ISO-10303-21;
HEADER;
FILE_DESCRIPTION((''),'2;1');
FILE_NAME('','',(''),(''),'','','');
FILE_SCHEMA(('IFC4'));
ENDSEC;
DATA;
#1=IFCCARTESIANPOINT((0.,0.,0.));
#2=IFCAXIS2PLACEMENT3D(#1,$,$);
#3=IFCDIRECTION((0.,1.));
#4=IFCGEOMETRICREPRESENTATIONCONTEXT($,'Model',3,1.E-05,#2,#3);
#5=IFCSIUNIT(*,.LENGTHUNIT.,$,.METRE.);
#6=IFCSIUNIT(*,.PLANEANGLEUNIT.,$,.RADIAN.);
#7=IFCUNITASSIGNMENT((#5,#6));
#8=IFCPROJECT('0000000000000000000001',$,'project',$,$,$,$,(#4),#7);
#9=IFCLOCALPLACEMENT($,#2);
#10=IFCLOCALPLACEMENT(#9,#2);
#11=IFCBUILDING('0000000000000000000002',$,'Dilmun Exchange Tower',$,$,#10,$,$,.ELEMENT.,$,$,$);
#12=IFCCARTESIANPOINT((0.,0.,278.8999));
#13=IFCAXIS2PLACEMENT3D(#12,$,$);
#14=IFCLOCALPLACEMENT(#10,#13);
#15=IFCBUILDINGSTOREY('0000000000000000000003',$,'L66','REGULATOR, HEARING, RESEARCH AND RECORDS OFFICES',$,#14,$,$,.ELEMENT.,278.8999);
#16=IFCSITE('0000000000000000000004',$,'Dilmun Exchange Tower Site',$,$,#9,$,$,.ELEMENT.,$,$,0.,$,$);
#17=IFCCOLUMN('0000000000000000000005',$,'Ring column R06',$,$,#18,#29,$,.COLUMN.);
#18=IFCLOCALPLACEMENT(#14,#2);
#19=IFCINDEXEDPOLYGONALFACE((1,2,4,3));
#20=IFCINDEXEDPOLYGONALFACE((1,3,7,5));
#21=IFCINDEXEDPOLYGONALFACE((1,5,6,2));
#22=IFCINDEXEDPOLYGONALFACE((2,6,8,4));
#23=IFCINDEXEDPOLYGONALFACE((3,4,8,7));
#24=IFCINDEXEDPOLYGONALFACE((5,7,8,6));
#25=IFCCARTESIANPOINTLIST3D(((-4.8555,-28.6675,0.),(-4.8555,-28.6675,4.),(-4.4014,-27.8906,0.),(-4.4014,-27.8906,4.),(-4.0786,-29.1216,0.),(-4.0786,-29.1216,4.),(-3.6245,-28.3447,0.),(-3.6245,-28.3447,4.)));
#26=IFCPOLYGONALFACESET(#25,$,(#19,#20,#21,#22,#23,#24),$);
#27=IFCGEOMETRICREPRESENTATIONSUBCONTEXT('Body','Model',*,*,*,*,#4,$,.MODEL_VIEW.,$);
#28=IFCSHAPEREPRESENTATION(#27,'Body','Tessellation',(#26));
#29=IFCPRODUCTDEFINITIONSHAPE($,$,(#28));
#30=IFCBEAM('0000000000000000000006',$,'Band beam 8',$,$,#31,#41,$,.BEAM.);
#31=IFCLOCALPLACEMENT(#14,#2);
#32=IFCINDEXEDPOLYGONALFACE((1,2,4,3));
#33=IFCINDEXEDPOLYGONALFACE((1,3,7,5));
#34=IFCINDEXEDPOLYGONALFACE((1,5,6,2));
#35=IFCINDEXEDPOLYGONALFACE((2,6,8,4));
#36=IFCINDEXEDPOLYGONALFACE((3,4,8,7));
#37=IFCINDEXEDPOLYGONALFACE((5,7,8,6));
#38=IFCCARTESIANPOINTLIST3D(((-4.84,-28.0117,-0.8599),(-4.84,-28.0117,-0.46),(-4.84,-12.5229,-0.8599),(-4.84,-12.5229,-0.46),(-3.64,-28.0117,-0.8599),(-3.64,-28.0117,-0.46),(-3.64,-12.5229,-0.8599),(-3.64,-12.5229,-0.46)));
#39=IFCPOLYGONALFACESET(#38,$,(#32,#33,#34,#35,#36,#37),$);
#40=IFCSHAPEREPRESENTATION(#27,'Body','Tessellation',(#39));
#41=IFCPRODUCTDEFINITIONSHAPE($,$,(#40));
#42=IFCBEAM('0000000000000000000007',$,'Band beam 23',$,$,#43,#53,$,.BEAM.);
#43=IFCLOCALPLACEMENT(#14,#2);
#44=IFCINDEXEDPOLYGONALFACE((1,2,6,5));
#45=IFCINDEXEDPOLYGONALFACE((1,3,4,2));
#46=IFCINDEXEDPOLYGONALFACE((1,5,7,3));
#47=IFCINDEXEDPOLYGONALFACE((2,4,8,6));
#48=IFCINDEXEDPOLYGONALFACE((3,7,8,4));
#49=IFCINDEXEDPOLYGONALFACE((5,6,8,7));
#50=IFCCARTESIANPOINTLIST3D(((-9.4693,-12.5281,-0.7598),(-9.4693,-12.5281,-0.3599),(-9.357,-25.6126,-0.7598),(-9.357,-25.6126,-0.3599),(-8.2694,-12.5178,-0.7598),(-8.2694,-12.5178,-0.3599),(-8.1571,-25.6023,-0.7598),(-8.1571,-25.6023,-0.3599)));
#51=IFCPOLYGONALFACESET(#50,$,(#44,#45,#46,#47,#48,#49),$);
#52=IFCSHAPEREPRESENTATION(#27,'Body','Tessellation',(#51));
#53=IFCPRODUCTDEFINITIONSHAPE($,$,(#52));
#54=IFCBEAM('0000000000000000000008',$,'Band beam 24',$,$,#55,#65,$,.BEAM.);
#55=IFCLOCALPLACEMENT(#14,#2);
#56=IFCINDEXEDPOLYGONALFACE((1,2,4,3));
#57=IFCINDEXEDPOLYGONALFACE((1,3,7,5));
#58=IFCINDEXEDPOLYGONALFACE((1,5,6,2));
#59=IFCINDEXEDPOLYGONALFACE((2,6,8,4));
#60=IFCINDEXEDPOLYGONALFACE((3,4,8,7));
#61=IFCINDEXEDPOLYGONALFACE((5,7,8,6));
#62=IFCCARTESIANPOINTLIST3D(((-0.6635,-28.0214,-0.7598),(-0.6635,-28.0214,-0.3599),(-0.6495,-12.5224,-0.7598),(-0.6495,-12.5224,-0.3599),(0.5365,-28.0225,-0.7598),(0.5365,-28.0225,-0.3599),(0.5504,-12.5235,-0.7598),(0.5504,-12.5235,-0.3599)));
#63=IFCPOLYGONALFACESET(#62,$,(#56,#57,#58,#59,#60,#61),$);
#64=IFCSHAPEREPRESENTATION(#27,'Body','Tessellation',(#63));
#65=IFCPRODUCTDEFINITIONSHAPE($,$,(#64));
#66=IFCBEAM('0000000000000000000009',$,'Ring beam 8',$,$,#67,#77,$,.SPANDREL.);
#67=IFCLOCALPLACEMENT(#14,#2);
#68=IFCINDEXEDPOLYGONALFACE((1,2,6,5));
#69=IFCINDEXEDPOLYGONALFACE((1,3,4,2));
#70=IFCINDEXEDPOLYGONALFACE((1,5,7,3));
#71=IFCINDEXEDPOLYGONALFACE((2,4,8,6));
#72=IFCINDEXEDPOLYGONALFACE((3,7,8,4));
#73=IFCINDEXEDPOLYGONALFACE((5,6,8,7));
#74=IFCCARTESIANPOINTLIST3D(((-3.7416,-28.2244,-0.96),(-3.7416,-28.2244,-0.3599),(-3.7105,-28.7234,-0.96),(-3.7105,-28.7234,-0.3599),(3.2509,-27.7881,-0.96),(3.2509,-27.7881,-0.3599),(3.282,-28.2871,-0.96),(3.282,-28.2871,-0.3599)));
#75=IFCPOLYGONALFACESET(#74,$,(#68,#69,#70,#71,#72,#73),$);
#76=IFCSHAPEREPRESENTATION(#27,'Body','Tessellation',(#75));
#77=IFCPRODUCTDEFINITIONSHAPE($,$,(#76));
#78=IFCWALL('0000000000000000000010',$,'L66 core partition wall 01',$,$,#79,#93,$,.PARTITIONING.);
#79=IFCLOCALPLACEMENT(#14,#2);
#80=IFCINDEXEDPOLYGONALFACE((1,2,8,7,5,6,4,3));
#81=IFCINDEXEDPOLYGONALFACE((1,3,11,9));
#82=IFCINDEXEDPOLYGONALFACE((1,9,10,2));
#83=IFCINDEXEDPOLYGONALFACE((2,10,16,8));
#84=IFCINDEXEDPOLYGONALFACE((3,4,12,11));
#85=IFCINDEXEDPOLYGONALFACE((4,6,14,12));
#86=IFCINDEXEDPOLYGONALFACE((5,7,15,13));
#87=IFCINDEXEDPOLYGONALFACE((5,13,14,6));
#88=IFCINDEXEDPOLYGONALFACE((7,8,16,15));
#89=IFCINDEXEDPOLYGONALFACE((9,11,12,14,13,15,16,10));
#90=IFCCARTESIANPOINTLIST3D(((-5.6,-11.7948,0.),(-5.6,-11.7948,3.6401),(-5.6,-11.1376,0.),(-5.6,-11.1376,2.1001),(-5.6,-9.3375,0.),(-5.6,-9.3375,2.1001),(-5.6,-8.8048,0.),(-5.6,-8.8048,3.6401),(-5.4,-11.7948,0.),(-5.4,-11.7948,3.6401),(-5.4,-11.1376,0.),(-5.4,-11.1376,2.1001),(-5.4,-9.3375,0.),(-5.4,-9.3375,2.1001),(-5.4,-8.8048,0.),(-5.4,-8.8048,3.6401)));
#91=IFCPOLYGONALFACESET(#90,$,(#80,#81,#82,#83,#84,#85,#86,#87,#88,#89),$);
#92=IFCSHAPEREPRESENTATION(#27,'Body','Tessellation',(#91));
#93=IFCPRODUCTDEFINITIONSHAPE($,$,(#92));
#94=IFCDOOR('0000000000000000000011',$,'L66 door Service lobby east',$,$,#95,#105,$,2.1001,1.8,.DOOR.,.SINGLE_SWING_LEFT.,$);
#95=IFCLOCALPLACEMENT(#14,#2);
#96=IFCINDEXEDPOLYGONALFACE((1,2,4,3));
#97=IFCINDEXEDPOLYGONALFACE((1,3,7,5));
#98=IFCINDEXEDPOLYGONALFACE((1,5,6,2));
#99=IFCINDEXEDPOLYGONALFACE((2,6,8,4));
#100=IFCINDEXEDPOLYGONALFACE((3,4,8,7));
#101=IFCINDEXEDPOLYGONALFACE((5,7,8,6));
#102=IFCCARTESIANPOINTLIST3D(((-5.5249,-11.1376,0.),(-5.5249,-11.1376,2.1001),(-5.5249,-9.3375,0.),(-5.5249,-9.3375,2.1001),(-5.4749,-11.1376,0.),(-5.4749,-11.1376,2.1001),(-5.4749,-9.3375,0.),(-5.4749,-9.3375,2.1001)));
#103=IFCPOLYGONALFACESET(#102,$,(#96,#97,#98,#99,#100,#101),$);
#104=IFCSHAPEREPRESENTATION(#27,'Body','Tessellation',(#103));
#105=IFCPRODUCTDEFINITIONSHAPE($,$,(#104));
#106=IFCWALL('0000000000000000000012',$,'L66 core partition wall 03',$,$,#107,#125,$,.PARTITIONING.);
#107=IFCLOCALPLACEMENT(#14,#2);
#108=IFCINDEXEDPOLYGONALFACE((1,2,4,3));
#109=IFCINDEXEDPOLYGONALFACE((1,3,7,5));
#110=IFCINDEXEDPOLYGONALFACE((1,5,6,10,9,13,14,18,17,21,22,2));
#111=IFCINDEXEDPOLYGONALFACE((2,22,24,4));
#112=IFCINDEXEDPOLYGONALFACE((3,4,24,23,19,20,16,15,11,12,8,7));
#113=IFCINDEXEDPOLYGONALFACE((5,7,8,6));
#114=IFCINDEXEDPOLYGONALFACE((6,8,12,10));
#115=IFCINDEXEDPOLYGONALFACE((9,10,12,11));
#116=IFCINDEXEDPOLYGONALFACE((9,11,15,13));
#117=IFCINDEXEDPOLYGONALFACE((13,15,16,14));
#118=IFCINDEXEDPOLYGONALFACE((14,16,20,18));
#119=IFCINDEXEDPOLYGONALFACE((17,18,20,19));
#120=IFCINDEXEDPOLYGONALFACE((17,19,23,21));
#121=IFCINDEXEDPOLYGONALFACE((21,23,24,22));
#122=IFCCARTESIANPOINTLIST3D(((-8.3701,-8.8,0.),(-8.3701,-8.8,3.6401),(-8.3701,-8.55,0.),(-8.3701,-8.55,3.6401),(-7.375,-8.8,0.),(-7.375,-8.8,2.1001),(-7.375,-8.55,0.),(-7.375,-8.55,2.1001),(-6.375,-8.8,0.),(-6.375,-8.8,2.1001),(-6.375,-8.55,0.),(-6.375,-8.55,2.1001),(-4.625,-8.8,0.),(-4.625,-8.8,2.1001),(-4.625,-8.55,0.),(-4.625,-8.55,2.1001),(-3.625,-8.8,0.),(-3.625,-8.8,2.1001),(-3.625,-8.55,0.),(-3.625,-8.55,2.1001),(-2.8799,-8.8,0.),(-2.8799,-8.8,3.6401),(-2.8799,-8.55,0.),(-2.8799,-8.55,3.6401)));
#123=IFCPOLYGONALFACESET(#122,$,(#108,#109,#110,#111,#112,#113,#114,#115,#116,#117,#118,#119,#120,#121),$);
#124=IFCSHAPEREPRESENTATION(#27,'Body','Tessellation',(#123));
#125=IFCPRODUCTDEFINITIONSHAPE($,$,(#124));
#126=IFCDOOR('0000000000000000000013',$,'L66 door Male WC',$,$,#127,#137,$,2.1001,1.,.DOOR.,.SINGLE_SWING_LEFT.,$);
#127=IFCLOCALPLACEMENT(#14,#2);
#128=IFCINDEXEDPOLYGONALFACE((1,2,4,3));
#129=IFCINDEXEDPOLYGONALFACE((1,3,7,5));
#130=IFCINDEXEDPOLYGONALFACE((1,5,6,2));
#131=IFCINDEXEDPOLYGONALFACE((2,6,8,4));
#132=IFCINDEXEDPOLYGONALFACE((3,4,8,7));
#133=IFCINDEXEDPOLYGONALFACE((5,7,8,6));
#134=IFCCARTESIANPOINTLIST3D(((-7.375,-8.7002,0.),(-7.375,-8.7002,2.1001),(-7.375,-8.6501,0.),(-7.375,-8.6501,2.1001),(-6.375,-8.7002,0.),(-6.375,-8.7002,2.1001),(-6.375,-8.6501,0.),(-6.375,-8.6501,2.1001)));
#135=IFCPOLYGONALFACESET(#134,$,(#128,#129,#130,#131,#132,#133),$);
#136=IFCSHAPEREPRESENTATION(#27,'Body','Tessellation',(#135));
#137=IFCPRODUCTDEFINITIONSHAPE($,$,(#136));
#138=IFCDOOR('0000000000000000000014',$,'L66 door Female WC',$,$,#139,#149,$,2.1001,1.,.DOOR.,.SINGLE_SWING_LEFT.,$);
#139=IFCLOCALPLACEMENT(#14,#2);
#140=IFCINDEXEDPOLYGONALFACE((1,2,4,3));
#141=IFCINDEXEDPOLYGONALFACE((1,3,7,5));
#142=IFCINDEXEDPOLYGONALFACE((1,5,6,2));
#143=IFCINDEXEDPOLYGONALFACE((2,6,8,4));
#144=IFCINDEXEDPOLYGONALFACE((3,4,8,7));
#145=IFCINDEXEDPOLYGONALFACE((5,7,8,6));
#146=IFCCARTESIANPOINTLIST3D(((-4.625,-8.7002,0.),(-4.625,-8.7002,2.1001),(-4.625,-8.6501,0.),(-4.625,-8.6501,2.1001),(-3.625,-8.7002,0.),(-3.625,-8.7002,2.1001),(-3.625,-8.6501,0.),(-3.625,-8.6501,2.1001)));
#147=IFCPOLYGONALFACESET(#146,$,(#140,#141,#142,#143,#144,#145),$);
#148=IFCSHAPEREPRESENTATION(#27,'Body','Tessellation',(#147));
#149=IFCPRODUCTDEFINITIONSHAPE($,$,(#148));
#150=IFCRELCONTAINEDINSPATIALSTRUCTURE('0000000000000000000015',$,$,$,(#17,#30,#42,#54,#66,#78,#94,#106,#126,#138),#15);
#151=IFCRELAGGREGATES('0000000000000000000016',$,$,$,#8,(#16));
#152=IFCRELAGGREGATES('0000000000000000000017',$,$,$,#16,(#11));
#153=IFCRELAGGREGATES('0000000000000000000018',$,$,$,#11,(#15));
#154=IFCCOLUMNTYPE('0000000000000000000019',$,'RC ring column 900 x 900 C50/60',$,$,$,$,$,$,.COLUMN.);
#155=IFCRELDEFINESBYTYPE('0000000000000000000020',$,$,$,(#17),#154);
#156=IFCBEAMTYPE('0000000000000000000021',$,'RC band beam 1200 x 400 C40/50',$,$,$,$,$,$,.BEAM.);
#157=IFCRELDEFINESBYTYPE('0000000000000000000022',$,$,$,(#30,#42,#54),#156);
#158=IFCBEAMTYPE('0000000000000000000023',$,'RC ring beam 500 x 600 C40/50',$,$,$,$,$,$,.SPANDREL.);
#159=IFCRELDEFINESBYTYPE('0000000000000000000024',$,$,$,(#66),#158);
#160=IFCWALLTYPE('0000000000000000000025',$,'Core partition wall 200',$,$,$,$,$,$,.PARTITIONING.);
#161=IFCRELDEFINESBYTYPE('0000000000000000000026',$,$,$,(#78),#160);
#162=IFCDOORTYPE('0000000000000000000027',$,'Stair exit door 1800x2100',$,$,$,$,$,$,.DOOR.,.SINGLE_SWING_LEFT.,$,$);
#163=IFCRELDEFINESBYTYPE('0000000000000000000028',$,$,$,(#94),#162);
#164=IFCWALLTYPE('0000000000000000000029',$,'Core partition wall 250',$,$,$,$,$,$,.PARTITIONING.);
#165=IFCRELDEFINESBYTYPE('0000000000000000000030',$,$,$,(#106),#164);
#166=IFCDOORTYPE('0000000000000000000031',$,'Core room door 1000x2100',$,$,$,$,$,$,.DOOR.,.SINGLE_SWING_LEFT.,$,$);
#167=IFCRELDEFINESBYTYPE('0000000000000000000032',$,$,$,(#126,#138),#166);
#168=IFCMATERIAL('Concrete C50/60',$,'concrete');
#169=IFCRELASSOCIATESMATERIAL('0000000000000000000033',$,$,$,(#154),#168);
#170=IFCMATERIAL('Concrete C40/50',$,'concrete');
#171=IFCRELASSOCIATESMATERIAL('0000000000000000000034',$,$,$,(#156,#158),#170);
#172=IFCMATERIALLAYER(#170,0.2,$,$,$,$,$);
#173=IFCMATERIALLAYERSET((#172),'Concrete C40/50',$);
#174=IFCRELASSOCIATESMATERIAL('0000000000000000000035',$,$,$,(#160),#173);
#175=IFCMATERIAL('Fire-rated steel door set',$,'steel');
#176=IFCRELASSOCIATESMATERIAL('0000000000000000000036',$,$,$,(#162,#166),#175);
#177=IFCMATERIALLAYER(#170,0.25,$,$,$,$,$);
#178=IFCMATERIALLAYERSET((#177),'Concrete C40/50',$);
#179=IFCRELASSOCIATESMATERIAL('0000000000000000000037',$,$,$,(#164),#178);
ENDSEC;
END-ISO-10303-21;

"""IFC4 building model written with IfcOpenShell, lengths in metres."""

from ifc_helpers import new_model, si_unit, direction, frame, frame_2d, origin, origin_2d, place, context, subcontext, project, spatial, rectangle, extrude, material, layer, layer_set, material_profile, profile_set, type_object, element, fill, save


model = new_model("IFC4")

# Units and contexts
model_context = context("Model", 3, precision=1e-05, world=origin(), true_north=direction((0.0, 1.0)))
body_context = subcontext(model_context, "Body", "Model", "MODEL_VIEW")
ifc_project = project(units=[si_unit("LENGTHUNIT", "METRE"), si_unit("PLANEANGLEUNIT", "RADIAN")], contexts=[model_context])

# Site, building, storey
site_placement = place(None, origin())
site = spatial("IfcSite", under=ifc_project, at=site_placement, Name="Dilmun Exchange Tower Site", CompositionType="ELEMENT", RefElevation=0.0)
building_placement = place(site_placement, origin())
building = spatial("IfcBuilding", under=site, at=building_placement, Name="Dilmun Exchange Tower", CompositionType="ELEMENT")
storey_placement = place(building_placement, frame((0.0, 0.0, 278.8999)))
storey = spatial("IfcBuildingStorey", under=building, at=storey_placement, Name="L66", Description="REGULATOR, HEARING, RESEARCH AND RECORDS OFFICES", CompositionType="ELEMENT", Elevation=278.8999)

# Column
ifc_material_1 = material(Name="Concrete C50/60", Category="concrete")
ifc_material_profile_1 = material_profile(ifc_material_1, rectangle(XDim=0.8999, YDim=0.8999, at=origin_2d()), Name="900 x 900")
ifc_profile_set_1 = profile_set([ifc_material_profile_1], Name="Concrete C50/60")
column_type = type_object("IfcColumnType", Name="RC ring column 900 x 900 C50/60", PredefinedType="COLUMN", material=ifc_profile_set_1)
column_placement = place(storey_placement, frame((-4.24, -28.5061, 0.0), z_axis=(0.0, 0.0, 1.0), x_axis=(0.504644, 0.863328, 0.0)))
element("IfcColumn", 1, at=column_placement, inside=storey, type_object=column_type, Name="Ring column R06", PredefinedType="COLUMN", context=body_context, shape_type="SweptSolid", body=[
    extrude(rectangle(XDim=0.8999, YDim=0.8999, at=origin_2d()), origin(), (0.0, 0.0, 1.0), 4.0),
])

# Beams
ifc_material_2 = material(Name="Concrete C40/50", Category="concrete")
ifc_material_profile_2 = material_profile(ifc_material_2, rectangle(XDim=1.2, YDim=0.3999, at=origin_2d()), Name="1200 x 400")
ifc_profile_set_2 = profile_set([ifc_material_profile_2], Name="Concrete C40/50")
beam_type_1 = type_object("IfcBeamType", Name="RC band beam 1200 x 400 C40/50", PredefinedType="BEAM", material=ifc_profile_set_2)
beam_1_placement = place(storey_placement, frame((-4.24, -28.0117, -0.6599), z_axis=(0.0, 1.0, 0.0), x_axis=(-1.0, 0.0, 0.0)))
element("IfcBeam", 2, at=beam_1_placement, inside=storey, type_object=beam_type_1, Name="Band beam 8", PredefinedType="BEAM", context=body_context, shape_type="SweptSolid", body=[
    extrude(rectangle(XDim=1.2, YDim=0.3999, at=origin_2d()), origin(), (0.0, 0.0, 1.0), 15.4888),
])
beam_2_placement = place(storey_placement, frame((-8.7571, -25.6074, -0.5598), z_axis=(-0.008583, 0.999963, 0.0), x_axis=(-0.999963, -0.008583, 0.0)))
element("IfcBeam", 3, at=beam_2_placement, inside=storey, type_object=beam_type_1, Name="Band beam 23", PredefinedType="BEAM", context=body_context, shape_type="SweptSolid", body=[
    extrude(rectangle(XDim=1.2, YDim=0.3999, at=origin_2d()), origin(), (0.0, 0.0, 1.0), 13.085),
])
beam_3_placement = place(storey_placement, frame((-0.0635, -28.022, -0.5598), z_axis=(0.000898, 1.0, 0.0), x_axis=(-1.0, 0.000898, 0.0)))
element("IfcBeam", 4, at=beam_3_placement, inside=storey, type_object=beam_type_1, Name="Band beam 24", PredefinedType="BEAM", context=body_context, shape_type="SweptSolid", body=[
    extrude(rectangle(XDim=1.2, YDim=0.3999, at=origin_2d()), origin(), (0.0, 0.0, 1.0), 15.499),
])
ifc_material_profile_3 = material_profile(ifc_material_2, rectangle(XDim=0.5, YDim=0.6001, at=origin_2d()), Name="500 x 600")
ifc_profile_set_3 = profile_set([ifc_material_profile_3], Name="Concrete C40/50")
beam_type_2 = type_object("IfcBeamType", Name="RC ring beam 500 x 600 C40/50", PredefinedType="SPANDREL", material=ifc_profile_set_3)
beam_4_placement = place(storey_placement, frame((-3.7261, -28.4739, -0.6599), z_axis=(0.998059, 0.062272, 0.0), x_axis=(-0.062272, 0.998059, 0.0)))
element("IfcBeam", 5, at=beam_4_placement, inside=storey, type_object=beam_type_2, Name="Ring beam 8", PredefinedType="SPANDREL", context=body_context, shape_type="SweptSolid", body=[
    extrude(rectangle(XDim=0.5, YDim=0.6001, at=origin_2d()), origin(), (0.0, 0.0, 1.0), 7.0061),
])

# Wall, opening, door
ifc_layer_1 = layer(ifc_material_2, 0.2)
ifc_layer_set_1 = layer_set([ifc_layer_1], Name="Concrete C40/50")
wall_type_1 = type_object("IfcWallType", Name="Core partition wall 200", PredefinedType="PARTITIONING", material=ifc_layer_set_1)
wall_1_placement = place(storey_placement, frame((-5.5, -11.7949, 0.0), z_axis=(0.0, 0.0, 1.0), x_axis=(0.0, 1.0, 0.0)))
wall_1 = element("IfcWall", 6, at=wall_1_placement, inside=storey, type_object=wall_type_1, Name="L66 core partition wall 01", PredefinedType="PARTITIONING", context=body_context, shape_type="SweptSolid", body=[
    extrude(rectangle(XDim=2.99, YDim=0.2, at=frame_2d((1.4951, 0.0))), origin(), (0.0, 0.0, 1.0), 3.6401),
])
opening_1_placement = place(wall_1_placement, frame((0.6575, 0.0, 0.0)))
opening_1 = element("IfcOpeningElement", 7, at=opening_1_placement, cuts=wall_1, PredefinedType="OPENING", context=body_context, shape_type="SweptSolid", body=[
    extrude(rectangle(XDim=1.8, YDim=2.1001, at=frame_2d((0.8999, 1.05))), frame((0.0, 0.1099, 0.0), z_axis=(0.0, -1.0, 0.0), x_axis=(1.0, 0.0, 0.0)), (0.0, 0.0, 1.0), 0.22),
])
ifc_material_3 = material(Name="Fire-rated steel door set", Category="steel")
door_type_1 = type_object("IfcDoorType", Name="Stair exit door 1800x2100", OperationType="SINGLE_SWING_LEFT", PredefinedType="DOOR", material=ifc_material_3)
door_1_placement = place(opening_1_placement, origin())
door_1 = element("IfcDoor", 8, at=door_1_placement, inside=storey, type_object=door_type_1, Name="L66 door Service lobby east", OperationType="SINGLE_SWING_LEFT", OverallHeight=2.1001, OverallWidth=1.8, PredefinedType="DOOR", context=body_context, shape_type="SweptSolid", body=[
    extrude(rectangle(XDim=1.8, YDim=2.1001, at=frame_2d((0.8999, 1.05))), frame((0.0, 0.0249, 0.0), z_axis=(0.0, -1.0, 0.0), x_axis=(1.0, 0.0, 0.0)), (0.0, 0.0, 1.0), 0.05),
])
fill(opening_1, door_1)

# Wall, openings, doors
ifc_layer_2 = layer(ifc_material_2, 0.25)
ifc_layer_set_2 = layer_set([ifc_layer_2], Name="Concrete C40/50")
wall_type_2 = type_object("IfcWallType", Name="Core partition wall 250", PredefinedType="PARTITIONING", material=ifc_layer_set_2)
wall_2_placement = place(storey_placement, frame((-8.3701, -8.675, 0.0), z_axis=(0.0, 0.0, 1.0), x_axis=(1.0, 0.0, 0.0)))
wall_2 = element("IfcWall", 9, at=wall_2_placement, inside=storey, type_object=wall_type_2, Name="L66 core partition wall 03", PredefinedType="PARTITIONING", context=body_context, shape_type="SweptSolid", body=[
    extrude(rectangle(XDim=5.4902, YDim=0.25, at=frame_2d((2.7451, 0.0))), origin(), (0.0, 0.0, 1.0), 3.6401),
])
opening_2_placement = place(wall_2_placement, frame((0.9951, 0.0, 0.0)))
opening_2 = element("IfcOpeningElement", 10, at=opening_2_placement, cuts=wall_2, PredefinedType="OPENING", context=body_context, shape_type="SweptSolid", body=[
    extrude(rectangle(XDim=1.0, YDim=2.1001, at=frame_2d((0.5, 1.05))), frame((0.0, 0.135, 0.0), z_axis=(0.0, -1.0, 0.0), x_axis=(1.0, 0.0, 0.0)), (0.0, 0.0, 1.0), 0.27),
])
opening_3_placement = place(wall_2_placement, frame((3.7451, 0.0, 0.0)))
opening_3 = element("IfcOpeningElement", 11, at=opening_3_placement, cuts=wall_2, PredefinedType="OPENING", context=body_context, shape_type="SweptSolid", body=[
    extrude(rectangle(XDim=1.0, YDim=2.1001, at=frame_2d((0.5, 1.05))), frame((0.0, 0.135, 0.0), z_axis=(0.0, -1.0, 0.0), x_axis=(1.0, 0.0, 0.0)), (0.0, 0.0, 1.0), 0.27),
])
door_type_2 = type_object("IfcDoorType", Name="Core room door 1000x2100", OperationType="SINGLE_SWING_LEFT", PredefinedType="DOOR", material=ifc_material_3)
door_2_placement = place(opening_2_placement, origin())
door_2 = element("IfcDoor", 12, at=door_2_placement, inside=storey, type_object=door_type_2, Name="L66 door Male WC", OperationType="SINGLE_SWING_LEFT", OverallHeight=2.1001, OverallWidth=1.0, PredefinedType="DOOR", context=body_context, shape_type="SweptSolid", body=[
    extrude(rectangle(XDim=1.0, YDim=2.1001, at=frame_2d((0.5, 1.05))), frame((0.0, 0.0249, 0.0), z_axis=(0.0, -1.0, 0.0), x_axis=(1.0, 0.0, 0.0)), (0.0, 0.0, 1.0), 0.05),
])
fill(opening_2, door_2)
door_3_placement = place(opening_3_placement, origin())
door_3 = element("IfcDoor", 13, at=door_3_placement, inside=storey, type_object=door_type_2, Name="L66 door Female WC", OperationType="SINGLE_SWING_LEFT", OverallHeight=2.1001, OverallWidth=1.0, PredefinedType="DOOR", context=body_context, shape_type="SweptSolid", body=[
    extrude(rectangle(XDim=1.0, YDim=2.1001, at=frame_2d((0.5, 1.05))), frame((0.0, 0.0249, 0.0), z_axis=(0.0, -1.0, 0.0), x_axis=(1.0, 0.0, 0.0)), (0.0, 0.0, 1.0), 0.05),
])
fill(opening_3, door_3)

save(model, "model.ifc")
